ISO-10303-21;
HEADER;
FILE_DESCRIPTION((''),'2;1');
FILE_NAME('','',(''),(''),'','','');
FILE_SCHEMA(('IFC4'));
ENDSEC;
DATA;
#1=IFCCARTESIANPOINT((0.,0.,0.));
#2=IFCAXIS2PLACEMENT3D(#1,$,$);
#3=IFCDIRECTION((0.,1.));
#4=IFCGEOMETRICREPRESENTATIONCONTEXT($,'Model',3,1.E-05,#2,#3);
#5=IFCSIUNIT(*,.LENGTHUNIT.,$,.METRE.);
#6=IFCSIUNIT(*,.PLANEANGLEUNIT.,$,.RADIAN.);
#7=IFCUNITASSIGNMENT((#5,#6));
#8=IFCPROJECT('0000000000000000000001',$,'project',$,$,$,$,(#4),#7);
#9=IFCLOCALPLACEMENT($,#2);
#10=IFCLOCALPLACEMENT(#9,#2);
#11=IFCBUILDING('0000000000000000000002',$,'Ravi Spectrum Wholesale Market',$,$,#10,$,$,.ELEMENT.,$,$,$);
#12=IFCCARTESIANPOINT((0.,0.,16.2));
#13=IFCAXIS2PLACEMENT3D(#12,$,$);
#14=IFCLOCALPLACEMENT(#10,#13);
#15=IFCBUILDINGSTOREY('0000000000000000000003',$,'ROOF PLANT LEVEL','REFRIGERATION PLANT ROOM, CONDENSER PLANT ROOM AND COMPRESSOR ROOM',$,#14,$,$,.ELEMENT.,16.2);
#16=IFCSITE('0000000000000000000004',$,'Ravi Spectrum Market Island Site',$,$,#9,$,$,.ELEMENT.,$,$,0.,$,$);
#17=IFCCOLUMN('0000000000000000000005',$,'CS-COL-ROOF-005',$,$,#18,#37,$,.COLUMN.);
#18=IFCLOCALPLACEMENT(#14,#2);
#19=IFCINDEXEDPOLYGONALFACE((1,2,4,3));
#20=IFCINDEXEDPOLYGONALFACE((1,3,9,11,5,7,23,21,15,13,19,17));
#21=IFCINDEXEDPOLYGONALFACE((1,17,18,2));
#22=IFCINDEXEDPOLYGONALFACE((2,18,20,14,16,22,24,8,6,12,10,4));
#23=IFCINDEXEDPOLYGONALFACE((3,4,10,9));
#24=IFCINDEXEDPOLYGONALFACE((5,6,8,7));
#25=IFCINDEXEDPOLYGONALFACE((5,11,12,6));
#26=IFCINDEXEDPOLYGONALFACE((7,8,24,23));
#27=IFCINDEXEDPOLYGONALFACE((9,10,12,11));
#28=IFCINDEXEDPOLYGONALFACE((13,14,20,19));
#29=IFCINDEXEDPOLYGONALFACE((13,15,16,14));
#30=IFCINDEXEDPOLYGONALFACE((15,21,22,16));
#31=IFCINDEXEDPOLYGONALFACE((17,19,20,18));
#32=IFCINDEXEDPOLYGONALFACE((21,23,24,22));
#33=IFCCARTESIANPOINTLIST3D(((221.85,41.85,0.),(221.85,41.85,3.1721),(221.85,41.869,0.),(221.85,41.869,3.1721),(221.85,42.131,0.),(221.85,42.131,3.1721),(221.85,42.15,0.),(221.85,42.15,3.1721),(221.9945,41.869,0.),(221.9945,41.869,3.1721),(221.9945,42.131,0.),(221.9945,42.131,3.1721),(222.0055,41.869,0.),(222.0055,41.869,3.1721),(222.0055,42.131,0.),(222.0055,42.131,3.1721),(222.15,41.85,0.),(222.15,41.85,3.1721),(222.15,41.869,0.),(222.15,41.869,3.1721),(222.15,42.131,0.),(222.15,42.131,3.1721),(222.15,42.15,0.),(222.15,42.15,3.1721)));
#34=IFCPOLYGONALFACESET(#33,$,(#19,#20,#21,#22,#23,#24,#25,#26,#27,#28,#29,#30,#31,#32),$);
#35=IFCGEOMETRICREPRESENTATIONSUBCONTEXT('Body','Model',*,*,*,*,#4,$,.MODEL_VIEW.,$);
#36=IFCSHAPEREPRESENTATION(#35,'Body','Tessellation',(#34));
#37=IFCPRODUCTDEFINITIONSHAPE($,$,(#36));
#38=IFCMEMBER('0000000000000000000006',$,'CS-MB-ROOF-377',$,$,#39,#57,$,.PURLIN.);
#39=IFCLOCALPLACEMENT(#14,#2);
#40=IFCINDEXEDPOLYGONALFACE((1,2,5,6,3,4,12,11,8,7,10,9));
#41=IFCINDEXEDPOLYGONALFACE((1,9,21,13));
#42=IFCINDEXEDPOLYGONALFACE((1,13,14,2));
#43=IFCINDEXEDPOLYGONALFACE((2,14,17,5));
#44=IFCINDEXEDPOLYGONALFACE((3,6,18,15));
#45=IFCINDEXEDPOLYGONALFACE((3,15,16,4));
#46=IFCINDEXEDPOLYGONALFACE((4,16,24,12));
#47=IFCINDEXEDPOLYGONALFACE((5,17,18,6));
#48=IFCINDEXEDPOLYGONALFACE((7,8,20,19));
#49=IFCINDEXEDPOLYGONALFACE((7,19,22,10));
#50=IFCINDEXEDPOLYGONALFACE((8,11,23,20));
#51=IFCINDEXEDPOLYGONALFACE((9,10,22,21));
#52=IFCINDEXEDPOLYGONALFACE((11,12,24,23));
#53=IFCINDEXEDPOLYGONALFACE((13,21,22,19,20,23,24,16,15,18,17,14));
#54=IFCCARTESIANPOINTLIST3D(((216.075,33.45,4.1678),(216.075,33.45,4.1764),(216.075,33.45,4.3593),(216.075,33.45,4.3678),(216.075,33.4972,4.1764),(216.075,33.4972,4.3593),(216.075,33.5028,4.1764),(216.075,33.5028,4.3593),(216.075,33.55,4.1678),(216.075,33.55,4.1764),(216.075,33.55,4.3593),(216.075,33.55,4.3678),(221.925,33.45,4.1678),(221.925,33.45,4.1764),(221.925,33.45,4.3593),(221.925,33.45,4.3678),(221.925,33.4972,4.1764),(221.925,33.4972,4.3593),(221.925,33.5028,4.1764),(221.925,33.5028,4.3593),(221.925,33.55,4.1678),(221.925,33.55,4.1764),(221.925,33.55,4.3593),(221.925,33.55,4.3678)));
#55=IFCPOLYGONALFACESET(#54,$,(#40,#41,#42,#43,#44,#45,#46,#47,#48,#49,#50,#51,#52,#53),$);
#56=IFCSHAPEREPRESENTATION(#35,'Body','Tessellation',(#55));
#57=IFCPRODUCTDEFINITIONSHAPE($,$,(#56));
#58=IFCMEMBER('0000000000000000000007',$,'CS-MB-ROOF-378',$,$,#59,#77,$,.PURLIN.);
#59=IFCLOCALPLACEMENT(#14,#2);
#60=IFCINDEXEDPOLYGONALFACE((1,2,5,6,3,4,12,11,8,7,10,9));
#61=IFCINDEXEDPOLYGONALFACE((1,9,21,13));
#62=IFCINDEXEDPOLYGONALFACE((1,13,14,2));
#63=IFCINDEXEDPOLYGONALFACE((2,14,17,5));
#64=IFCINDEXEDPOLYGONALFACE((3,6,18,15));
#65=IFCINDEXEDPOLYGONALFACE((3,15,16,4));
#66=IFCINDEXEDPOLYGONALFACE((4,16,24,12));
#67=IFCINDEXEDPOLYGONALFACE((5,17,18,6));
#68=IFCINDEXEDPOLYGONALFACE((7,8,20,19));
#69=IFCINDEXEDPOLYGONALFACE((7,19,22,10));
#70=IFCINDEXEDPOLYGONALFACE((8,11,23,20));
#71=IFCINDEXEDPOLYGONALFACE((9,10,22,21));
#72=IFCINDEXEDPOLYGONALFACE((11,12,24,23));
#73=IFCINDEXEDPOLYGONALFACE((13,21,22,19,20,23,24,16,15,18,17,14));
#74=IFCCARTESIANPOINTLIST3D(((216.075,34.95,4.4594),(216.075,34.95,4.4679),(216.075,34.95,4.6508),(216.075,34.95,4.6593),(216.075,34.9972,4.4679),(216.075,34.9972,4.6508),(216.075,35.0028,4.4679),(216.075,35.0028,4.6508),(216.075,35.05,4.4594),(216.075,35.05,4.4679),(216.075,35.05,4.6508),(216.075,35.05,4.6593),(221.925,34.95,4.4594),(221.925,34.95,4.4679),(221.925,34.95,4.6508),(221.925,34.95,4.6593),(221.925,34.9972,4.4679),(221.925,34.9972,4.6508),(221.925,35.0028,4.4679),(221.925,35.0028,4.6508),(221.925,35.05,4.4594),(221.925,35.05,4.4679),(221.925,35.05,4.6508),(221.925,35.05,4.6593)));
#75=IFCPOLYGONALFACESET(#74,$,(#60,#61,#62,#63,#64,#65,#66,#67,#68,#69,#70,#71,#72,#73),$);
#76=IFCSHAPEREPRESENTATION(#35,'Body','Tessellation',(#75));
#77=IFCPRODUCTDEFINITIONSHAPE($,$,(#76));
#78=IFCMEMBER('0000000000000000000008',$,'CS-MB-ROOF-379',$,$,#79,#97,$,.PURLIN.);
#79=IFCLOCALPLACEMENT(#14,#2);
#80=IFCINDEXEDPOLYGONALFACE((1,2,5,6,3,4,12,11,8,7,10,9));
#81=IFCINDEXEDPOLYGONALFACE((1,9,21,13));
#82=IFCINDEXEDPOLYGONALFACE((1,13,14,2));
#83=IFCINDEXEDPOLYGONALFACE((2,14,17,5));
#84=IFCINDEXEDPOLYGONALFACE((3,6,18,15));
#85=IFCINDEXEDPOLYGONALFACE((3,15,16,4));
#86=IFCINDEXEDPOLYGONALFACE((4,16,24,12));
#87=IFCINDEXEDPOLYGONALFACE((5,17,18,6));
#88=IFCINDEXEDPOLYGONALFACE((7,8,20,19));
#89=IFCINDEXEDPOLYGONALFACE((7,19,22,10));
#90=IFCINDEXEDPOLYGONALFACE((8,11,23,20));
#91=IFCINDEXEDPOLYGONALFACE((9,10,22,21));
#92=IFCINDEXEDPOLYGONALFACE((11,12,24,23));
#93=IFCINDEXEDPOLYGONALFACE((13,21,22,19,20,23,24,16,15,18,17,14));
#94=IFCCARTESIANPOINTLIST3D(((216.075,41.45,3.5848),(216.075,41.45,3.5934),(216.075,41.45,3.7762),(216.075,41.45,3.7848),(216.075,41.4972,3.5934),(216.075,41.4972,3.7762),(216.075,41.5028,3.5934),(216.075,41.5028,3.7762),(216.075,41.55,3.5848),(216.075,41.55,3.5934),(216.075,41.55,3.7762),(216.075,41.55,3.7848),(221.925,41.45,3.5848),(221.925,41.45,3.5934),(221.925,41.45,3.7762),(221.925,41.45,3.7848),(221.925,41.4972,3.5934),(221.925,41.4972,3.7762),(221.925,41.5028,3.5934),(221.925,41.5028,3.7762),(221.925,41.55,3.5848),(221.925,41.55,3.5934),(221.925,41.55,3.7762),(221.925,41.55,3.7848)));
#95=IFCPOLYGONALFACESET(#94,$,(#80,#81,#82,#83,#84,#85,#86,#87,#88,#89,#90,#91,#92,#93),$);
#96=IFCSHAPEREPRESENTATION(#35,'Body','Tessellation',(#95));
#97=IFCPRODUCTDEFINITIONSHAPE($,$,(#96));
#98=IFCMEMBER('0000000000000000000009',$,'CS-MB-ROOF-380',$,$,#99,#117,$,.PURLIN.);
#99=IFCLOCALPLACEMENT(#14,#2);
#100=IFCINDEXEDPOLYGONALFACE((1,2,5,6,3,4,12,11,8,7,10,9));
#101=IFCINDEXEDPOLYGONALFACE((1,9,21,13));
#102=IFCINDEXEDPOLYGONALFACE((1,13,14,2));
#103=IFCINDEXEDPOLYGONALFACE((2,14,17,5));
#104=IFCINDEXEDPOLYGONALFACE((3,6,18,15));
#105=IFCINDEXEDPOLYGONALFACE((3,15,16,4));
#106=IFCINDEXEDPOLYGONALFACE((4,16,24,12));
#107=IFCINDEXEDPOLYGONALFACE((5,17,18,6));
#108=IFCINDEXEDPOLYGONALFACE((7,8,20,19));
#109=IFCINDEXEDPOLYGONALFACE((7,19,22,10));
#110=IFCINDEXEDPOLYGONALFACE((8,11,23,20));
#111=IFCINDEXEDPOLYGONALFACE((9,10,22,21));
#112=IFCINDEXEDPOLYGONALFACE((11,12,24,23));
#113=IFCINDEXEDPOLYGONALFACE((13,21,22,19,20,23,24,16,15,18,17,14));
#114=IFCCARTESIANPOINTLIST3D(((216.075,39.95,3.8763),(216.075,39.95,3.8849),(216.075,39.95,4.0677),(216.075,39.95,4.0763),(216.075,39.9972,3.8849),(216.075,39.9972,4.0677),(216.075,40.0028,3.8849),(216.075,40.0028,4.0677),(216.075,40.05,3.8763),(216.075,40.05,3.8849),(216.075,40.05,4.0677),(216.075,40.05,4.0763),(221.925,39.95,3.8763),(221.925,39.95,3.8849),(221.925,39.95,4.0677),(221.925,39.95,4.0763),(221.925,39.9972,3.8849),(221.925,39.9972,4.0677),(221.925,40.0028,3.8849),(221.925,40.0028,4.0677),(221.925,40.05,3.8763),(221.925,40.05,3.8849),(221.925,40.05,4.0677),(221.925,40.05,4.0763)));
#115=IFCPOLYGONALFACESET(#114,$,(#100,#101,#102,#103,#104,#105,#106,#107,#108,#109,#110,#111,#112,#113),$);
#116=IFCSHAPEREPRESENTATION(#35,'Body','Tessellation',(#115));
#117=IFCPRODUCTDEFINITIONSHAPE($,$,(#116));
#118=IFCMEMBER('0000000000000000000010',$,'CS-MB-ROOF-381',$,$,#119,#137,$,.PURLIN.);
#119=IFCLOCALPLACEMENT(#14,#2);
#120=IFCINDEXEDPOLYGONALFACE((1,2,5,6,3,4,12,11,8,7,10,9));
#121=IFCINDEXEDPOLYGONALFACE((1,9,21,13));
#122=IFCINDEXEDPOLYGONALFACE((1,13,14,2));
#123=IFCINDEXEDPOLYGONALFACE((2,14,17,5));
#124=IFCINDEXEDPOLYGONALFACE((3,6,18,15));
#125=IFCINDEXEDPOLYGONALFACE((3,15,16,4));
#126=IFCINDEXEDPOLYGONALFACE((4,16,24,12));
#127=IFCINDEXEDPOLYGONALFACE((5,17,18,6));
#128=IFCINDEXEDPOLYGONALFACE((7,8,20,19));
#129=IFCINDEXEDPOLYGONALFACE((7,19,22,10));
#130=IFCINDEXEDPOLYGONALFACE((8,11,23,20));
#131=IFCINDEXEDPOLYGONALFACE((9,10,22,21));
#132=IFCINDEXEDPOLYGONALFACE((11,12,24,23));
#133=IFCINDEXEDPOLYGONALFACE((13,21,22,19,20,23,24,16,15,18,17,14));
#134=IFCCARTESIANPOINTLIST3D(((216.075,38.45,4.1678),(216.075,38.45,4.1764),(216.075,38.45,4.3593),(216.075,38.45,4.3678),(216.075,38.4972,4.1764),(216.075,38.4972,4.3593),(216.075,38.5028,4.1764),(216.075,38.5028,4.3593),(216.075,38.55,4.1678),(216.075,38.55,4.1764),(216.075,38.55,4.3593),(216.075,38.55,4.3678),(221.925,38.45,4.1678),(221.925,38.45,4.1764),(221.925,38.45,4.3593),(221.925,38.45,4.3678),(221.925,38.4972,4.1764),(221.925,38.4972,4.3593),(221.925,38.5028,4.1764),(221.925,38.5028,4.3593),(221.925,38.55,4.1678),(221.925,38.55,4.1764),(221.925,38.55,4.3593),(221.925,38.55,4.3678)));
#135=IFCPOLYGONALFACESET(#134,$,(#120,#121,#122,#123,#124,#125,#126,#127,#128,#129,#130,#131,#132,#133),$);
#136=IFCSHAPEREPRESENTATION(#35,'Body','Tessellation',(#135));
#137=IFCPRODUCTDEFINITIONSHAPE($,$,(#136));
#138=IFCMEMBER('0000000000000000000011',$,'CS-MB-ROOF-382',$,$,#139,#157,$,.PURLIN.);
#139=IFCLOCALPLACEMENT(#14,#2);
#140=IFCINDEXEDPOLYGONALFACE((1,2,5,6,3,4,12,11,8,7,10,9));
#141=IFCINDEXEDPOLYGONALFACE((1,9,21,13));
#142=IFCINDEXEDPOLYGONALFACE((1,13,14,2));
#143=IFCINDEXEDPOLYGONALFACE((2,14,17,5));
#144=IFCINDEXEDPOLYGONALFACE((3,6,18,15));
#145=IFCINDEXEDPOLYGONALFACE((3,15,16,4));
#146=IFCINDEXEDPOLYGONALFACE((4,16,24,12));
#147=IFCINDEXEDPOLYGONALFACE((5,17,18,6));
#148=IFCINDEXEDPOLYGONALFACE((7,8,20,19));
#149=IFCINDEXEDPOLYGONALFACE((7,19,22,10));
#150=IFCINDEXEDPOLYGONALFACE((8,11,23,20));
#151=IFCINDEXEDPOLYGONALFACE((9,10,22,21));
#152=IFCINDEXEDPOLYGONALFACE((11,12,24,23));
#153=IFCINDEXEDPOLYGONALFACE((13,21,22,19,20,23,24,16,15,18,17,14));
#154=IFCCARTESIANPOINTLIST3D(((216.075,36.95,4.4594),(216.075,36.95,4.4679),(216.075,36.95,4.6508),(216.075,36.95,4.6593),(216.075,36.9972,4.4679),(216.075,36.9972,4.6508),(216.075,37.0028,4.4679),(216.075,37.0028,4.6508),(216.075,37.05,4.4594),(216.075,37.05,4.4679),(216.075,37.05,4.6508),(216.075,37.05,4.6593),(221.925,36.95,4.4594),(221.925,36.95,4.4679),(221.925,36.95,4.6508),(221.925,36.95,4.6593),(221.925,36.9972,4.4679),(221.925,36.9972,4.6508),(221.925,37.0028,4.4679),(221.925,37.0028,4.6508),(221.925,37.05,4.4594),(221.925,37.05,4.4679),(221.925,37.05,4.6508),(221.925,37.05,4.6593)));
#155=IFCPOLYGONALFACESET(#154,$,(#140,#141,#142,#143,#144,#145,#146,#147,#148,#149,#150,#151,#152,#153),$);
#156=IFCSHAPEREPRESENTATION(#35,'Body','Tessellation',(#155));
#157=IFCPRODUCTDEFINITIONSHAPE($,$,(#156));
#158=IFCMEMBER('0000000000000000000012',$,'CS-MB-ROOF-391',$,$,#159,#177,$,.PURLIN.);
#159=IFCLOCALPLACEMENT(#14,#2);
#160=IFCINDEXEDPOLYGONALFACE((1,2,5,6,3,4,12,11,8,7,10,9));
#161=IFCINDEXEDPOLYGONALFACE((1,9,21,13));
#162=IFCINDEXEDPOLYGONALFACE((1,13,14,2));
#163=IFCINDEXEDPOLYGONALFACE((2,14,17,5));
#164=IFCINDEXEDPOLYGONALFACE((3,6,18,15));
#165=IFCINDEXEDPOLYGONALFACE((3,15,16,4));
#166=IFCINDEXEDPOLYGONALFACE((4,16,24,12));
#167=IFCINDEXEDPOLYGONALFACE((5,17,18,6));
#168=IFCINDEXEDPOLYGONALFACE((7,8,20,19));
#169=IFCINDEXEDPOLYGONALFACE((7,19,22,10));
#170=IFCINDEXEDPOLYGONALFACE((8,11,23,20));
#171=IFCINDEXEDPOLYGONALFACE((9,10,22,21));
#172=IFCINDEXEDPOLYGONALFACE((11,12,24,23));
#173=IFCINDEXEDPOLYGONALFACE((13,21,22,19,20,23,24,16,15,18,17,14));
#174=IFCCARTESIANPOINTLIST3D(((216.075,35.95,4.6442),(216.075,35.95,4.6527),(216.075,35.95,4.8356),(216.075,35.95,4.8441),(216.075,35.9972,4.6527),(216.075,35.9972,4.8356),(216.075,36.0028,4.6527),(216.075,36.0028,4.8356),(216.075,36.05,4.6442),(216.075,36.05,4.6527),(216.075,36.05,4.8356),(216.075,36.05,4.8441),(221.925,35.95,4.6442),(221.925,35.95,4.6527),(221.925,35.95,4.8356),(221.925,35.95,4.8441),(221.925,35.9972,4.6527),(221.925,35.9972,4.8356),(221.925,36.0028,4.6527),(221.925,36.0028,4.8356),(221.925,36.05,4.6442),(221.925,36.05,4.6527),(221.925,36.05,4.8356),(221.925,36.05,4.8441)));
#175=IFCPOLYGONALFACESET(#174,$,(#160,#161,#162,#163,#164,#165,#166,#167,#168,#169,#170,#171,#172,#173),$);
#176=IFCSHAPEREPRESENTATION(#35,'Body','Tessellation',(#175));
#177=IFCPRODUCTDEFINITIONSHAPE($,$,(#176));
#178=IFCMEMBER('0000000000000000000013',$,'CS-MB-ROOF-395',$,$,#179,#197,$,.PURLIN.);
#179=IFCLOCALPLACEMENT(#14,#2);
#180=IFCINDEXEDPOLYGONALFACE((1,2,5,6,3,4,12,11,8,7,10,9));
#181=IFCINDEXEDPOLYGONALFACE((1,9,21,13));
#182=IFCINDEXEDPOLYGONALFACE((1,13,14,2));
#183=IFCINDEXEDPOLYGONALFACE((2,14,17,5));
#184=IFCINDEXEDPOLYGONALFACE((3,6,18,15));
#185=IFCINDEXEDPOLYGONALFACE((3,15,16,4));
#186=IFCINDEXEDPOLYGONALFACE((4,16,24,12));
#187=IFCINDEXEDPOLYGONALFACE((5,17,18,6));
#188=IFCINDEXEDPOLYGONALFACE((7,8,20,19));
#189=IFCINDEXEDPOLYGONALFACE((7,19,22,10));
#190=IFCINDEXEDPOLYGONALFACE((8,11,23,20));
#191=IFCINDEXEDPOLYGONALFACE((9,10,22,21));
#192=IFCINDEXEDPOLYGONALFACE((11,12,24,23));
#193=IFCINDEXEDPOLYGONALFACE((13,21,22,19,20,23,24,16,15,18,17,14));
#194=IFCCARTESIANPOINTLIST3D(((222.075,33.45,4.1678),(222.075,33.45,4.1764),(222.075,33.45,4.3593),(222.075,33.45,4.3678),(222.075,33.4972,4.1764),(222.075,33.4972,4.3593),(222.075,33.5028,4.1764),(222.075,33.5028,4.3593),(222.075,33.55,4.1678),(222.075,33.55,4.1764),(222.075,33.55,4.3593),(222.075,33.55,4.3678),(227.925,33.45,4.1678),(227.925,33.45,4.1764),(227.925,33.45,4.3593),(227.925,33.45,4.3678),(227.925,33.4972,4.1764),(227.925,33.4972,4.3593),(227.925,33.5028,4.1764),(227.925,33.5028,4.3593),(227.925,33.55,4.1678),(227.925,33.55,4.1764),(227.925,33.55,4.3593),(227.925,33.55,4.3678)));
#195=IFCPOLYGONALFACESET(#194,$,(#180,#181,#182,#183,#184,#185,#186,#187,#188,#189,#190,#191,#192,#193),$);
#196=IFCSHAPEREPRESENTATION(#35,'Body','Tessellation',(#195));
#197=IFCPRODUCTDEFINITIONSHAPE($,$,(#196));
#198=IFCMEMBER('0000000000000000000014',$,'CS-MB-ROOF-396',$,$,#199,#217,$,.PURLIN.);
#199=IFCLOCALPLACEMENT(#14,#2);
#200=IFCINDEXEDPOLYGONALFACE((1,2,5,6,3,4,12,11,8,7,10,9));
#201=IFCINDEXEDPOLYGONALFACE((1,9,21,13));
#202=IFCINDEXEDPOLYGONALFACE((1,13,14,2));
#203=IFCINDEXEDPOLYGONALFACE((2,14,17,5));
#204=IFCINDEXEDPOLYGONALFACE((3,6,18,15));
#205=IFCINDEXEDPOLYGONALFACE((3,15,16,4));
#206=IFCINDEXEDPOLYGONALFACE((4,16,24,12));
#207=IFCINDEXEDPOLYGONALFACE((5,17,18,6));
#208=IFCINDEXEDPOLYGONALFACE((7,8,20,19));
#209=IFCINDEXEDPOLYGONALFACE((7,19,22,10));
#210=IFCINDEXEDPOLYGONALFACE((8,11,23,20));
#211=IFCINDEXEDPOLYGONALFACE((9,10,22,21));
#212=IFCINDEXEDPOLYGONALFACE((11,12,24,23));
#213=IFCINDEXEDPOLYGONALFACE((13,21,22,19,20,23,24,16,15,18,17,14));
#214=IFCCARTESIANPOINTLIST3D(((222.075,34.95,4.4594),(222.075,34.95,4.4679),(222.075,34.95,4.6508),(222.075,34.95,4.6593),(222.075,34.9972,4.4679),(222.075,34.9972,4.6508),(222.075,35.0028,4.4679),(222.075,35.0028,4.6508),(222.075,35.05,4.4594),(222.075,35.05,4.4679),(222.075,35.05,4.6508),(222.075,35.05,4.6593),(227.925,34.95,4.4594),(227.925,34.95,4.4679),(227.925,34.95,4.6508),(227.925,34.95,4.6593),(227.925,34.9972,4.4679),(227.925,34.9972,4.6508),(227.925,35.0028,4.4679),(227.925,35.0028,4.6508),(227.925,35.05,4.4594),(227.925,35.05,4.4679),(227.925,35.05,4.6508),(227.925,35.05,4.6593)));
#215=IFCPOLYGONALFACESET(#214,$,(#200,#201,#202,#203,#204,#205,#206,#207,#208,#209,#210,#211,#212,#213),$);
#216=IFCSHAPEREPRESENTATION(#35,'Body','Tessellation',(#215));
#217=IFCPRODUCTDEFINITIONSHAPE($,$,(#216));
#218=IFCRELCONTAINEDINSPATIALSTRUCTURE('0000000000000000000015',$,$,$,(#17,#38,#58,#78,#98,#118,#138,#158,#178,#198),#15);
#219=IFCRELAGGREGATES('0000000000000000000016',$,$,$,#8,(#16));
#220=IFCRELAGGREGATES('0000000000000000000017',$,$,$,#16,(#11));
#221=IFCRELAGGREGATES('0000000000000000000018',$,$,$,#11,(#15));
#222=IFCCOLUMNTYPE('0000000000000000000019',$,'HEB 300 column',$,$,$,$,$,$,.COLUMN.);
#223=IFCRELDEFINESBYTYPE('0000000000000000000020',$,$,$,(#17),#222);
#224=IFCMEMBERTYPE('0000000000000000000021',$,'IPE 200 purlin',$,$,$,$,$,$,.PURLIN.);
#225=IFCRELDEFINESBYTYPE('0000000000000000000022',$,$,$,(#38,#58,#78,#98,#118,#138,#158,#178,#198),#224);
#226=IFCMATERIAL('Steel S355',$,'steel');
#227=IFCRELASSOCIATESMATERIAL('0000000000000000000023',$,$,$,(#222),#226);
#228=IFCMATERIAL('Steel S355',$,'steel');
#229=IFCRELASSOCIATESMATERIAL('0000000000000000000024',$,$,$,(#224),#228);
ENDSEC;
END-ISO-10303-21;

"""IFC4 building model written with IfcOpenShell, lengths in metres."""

from ifc_helpers import new_model, si_unit, direction, frame, origin, origin_2d, place, context, subcontext, project, spatial, i_section, extrude, material, material_profile, profile_set, type_object, element, save


model = new_model("IFC4")

# Units and contexts
model_context = context("Model", 3, precision=1e-05, world=origin(), true_north=direction((0.0, 1.0)))
body_context = subcontext(model_context, "Body", "Model", "MODEL_VIEW")
ifc_project = project(units=[si_unit("LENGTHUNIT", "METRE"), si_unit("PLANEANGLEUNIT", "RADIAN")], contexts=[model_context])

# Site, building, storey
site_placement = place(None, origin())
site = spatial("IfcSite", under=ifc_project, at=site_placement, Name="Ravi Spectrum Market Island Site", CompositionType="ELEMENT", RefElevation=0.0)
building_placement = place(site_placement, origin())
building = spatial("IfcBuilding", under=site, at=building_placement, Name="Ravi Spectrum Wholesale Market", CompositionType="ELEMENT")
storey_placement = place(building_placement, frame((0.0, 0.0, 16.2)))
storey = spatial("IfcBuildingStorey", under=building, at=storey_placement, Name="ROOF PLANT LEVEL", Description="REFRIGERATION PLANT ROOM, CONDENSER PLANT ROOM AND COMPRESSOR ROOM", CompositionType="ELEMENT", Elevation=16.2)

# Column
ifc_material_1 = material(Name="Steel S355", Category="steel")
ifc_material_profile_1 = material_profile(ifc_material_1, i_section(OverallWidth=0.3, OverallDepth=0.3, WebThickness=0.011, FlangeThickness=0.019, at=origin_2d()))
ifc_profile_set_1 = profile_set([ifc_material_profile_1], Name="Steel S355")
column_type = type_object("IfcColumnType", Name="HEB 300 column", PredefinedType="COLUMN", material=ifc_profile_set_1)
column_placement = place(storey_placement, frame((222.0, 42.0, 0.0), z_axis=(0.0, 0.0, 1.0), x_axis=(1.0, 0.0, 0.0)))
element("IfcColumn", 1, at=column_placement, inside=storey, type_object=column_type, Name="CS-COL-ROOF-005", PredefinedType="COLUMN", context=body_context, shape_type="SweptSolid", body=[
    extrude(i_section(OverallWidth=0.3, OverallDepth=0.3, WebThickness=0.011, FlangeThickness=0.019, at=origin_2d()), origin(), (0.0, 0.0, 1.0), 3.1721),
])

# Members
ifc_material_2 = material(Name="Steel S355", Category="steel")
ifc_material_profile_2 = material_profile(ifc_material_2, i_section(OverallWidth=0.1001, OverallDepth=0.2, WebThickness=0.0056, FlangeThickness=0.0085, at=origin_2d()))
ifc_profile_set_2 = profile_set([ifc_material_profile_2], Name="Steel S355")
member_type = type_object("IfcMemberType", Name="IPE 200 purlin", PredefinedType="PURLIN", material=ifc_profile_set_2)
for number, where, z_axis, x_axis, name in (
    (2, (216.075, 33.5, 4.2678), (1.0, 0.0, 0.0), (0.0, 1.0, 0.0), "CS-MB-ROOF-377"),
    (3, (216.075, 35.0, 4.5593), (1.0, 0.0, 0.0), (0.0, 1.0, 0.0), "CS-MB-ROOF-378"),
    (4, (216.075, 41.5, 3.6848), (1.0, 0.0, 0.0), (0.0, 1.0, 0.0), "CS-MB-ROOF-379"),
    (5, (216.075, 40.0, 3.9763), (1.0, 0.0, 0.0), (0.0, 1.0, 0.0), "CS-MB-ROOF-380"),
    (6, (216.075, 38.5, 4.2678), (1.0, 0.0, 0.0), (0.0, 1.0, 0.0), "CS-MB-ROOF-381"),
    (7, (216.075, 37.0, 4.5593), (1.0, 0.0, 0.0), (0.0, 1.0, 0.0), "CS-MB-ROOF-382"),
    (8, (216.075, 36.0, 4.7441), (1.0, 0.0, 0.0), (0.0, 1.0, 0.0), "CS-MB-ROOF-391"),
    (9, (222.075, 33.5, 4.2678), (1.0, 0.0, 0.0), (0.0, 1.0, 0.0), "CS-MB-ROOF-395"),
    (10, (222.075, 35.0, 4.5593), (1.0, 0.0, 0.0), (0.0, 1.0, 0.0), "CS-MB-ROOF-396"),
):
    element("IfcMember", number, at=place(storey_placement, frame(where, z_axis=z_axis, x_axis=x_axis)), inside=storey, type_object=member_type, Name=name, PredefinedType="PURLIN", context=body_context, shape_type="SweptSolid", body=[
        extrude(i_section(OverallWidth=0.1001, OverallDepth=0.2, WebThickness=0.0056, FlangeThickness=0.0085, at=origin_2d()), origin(), (0.0, 0.0, 1.0), 5.8501),
    ])

save(model, "model.ifc")
